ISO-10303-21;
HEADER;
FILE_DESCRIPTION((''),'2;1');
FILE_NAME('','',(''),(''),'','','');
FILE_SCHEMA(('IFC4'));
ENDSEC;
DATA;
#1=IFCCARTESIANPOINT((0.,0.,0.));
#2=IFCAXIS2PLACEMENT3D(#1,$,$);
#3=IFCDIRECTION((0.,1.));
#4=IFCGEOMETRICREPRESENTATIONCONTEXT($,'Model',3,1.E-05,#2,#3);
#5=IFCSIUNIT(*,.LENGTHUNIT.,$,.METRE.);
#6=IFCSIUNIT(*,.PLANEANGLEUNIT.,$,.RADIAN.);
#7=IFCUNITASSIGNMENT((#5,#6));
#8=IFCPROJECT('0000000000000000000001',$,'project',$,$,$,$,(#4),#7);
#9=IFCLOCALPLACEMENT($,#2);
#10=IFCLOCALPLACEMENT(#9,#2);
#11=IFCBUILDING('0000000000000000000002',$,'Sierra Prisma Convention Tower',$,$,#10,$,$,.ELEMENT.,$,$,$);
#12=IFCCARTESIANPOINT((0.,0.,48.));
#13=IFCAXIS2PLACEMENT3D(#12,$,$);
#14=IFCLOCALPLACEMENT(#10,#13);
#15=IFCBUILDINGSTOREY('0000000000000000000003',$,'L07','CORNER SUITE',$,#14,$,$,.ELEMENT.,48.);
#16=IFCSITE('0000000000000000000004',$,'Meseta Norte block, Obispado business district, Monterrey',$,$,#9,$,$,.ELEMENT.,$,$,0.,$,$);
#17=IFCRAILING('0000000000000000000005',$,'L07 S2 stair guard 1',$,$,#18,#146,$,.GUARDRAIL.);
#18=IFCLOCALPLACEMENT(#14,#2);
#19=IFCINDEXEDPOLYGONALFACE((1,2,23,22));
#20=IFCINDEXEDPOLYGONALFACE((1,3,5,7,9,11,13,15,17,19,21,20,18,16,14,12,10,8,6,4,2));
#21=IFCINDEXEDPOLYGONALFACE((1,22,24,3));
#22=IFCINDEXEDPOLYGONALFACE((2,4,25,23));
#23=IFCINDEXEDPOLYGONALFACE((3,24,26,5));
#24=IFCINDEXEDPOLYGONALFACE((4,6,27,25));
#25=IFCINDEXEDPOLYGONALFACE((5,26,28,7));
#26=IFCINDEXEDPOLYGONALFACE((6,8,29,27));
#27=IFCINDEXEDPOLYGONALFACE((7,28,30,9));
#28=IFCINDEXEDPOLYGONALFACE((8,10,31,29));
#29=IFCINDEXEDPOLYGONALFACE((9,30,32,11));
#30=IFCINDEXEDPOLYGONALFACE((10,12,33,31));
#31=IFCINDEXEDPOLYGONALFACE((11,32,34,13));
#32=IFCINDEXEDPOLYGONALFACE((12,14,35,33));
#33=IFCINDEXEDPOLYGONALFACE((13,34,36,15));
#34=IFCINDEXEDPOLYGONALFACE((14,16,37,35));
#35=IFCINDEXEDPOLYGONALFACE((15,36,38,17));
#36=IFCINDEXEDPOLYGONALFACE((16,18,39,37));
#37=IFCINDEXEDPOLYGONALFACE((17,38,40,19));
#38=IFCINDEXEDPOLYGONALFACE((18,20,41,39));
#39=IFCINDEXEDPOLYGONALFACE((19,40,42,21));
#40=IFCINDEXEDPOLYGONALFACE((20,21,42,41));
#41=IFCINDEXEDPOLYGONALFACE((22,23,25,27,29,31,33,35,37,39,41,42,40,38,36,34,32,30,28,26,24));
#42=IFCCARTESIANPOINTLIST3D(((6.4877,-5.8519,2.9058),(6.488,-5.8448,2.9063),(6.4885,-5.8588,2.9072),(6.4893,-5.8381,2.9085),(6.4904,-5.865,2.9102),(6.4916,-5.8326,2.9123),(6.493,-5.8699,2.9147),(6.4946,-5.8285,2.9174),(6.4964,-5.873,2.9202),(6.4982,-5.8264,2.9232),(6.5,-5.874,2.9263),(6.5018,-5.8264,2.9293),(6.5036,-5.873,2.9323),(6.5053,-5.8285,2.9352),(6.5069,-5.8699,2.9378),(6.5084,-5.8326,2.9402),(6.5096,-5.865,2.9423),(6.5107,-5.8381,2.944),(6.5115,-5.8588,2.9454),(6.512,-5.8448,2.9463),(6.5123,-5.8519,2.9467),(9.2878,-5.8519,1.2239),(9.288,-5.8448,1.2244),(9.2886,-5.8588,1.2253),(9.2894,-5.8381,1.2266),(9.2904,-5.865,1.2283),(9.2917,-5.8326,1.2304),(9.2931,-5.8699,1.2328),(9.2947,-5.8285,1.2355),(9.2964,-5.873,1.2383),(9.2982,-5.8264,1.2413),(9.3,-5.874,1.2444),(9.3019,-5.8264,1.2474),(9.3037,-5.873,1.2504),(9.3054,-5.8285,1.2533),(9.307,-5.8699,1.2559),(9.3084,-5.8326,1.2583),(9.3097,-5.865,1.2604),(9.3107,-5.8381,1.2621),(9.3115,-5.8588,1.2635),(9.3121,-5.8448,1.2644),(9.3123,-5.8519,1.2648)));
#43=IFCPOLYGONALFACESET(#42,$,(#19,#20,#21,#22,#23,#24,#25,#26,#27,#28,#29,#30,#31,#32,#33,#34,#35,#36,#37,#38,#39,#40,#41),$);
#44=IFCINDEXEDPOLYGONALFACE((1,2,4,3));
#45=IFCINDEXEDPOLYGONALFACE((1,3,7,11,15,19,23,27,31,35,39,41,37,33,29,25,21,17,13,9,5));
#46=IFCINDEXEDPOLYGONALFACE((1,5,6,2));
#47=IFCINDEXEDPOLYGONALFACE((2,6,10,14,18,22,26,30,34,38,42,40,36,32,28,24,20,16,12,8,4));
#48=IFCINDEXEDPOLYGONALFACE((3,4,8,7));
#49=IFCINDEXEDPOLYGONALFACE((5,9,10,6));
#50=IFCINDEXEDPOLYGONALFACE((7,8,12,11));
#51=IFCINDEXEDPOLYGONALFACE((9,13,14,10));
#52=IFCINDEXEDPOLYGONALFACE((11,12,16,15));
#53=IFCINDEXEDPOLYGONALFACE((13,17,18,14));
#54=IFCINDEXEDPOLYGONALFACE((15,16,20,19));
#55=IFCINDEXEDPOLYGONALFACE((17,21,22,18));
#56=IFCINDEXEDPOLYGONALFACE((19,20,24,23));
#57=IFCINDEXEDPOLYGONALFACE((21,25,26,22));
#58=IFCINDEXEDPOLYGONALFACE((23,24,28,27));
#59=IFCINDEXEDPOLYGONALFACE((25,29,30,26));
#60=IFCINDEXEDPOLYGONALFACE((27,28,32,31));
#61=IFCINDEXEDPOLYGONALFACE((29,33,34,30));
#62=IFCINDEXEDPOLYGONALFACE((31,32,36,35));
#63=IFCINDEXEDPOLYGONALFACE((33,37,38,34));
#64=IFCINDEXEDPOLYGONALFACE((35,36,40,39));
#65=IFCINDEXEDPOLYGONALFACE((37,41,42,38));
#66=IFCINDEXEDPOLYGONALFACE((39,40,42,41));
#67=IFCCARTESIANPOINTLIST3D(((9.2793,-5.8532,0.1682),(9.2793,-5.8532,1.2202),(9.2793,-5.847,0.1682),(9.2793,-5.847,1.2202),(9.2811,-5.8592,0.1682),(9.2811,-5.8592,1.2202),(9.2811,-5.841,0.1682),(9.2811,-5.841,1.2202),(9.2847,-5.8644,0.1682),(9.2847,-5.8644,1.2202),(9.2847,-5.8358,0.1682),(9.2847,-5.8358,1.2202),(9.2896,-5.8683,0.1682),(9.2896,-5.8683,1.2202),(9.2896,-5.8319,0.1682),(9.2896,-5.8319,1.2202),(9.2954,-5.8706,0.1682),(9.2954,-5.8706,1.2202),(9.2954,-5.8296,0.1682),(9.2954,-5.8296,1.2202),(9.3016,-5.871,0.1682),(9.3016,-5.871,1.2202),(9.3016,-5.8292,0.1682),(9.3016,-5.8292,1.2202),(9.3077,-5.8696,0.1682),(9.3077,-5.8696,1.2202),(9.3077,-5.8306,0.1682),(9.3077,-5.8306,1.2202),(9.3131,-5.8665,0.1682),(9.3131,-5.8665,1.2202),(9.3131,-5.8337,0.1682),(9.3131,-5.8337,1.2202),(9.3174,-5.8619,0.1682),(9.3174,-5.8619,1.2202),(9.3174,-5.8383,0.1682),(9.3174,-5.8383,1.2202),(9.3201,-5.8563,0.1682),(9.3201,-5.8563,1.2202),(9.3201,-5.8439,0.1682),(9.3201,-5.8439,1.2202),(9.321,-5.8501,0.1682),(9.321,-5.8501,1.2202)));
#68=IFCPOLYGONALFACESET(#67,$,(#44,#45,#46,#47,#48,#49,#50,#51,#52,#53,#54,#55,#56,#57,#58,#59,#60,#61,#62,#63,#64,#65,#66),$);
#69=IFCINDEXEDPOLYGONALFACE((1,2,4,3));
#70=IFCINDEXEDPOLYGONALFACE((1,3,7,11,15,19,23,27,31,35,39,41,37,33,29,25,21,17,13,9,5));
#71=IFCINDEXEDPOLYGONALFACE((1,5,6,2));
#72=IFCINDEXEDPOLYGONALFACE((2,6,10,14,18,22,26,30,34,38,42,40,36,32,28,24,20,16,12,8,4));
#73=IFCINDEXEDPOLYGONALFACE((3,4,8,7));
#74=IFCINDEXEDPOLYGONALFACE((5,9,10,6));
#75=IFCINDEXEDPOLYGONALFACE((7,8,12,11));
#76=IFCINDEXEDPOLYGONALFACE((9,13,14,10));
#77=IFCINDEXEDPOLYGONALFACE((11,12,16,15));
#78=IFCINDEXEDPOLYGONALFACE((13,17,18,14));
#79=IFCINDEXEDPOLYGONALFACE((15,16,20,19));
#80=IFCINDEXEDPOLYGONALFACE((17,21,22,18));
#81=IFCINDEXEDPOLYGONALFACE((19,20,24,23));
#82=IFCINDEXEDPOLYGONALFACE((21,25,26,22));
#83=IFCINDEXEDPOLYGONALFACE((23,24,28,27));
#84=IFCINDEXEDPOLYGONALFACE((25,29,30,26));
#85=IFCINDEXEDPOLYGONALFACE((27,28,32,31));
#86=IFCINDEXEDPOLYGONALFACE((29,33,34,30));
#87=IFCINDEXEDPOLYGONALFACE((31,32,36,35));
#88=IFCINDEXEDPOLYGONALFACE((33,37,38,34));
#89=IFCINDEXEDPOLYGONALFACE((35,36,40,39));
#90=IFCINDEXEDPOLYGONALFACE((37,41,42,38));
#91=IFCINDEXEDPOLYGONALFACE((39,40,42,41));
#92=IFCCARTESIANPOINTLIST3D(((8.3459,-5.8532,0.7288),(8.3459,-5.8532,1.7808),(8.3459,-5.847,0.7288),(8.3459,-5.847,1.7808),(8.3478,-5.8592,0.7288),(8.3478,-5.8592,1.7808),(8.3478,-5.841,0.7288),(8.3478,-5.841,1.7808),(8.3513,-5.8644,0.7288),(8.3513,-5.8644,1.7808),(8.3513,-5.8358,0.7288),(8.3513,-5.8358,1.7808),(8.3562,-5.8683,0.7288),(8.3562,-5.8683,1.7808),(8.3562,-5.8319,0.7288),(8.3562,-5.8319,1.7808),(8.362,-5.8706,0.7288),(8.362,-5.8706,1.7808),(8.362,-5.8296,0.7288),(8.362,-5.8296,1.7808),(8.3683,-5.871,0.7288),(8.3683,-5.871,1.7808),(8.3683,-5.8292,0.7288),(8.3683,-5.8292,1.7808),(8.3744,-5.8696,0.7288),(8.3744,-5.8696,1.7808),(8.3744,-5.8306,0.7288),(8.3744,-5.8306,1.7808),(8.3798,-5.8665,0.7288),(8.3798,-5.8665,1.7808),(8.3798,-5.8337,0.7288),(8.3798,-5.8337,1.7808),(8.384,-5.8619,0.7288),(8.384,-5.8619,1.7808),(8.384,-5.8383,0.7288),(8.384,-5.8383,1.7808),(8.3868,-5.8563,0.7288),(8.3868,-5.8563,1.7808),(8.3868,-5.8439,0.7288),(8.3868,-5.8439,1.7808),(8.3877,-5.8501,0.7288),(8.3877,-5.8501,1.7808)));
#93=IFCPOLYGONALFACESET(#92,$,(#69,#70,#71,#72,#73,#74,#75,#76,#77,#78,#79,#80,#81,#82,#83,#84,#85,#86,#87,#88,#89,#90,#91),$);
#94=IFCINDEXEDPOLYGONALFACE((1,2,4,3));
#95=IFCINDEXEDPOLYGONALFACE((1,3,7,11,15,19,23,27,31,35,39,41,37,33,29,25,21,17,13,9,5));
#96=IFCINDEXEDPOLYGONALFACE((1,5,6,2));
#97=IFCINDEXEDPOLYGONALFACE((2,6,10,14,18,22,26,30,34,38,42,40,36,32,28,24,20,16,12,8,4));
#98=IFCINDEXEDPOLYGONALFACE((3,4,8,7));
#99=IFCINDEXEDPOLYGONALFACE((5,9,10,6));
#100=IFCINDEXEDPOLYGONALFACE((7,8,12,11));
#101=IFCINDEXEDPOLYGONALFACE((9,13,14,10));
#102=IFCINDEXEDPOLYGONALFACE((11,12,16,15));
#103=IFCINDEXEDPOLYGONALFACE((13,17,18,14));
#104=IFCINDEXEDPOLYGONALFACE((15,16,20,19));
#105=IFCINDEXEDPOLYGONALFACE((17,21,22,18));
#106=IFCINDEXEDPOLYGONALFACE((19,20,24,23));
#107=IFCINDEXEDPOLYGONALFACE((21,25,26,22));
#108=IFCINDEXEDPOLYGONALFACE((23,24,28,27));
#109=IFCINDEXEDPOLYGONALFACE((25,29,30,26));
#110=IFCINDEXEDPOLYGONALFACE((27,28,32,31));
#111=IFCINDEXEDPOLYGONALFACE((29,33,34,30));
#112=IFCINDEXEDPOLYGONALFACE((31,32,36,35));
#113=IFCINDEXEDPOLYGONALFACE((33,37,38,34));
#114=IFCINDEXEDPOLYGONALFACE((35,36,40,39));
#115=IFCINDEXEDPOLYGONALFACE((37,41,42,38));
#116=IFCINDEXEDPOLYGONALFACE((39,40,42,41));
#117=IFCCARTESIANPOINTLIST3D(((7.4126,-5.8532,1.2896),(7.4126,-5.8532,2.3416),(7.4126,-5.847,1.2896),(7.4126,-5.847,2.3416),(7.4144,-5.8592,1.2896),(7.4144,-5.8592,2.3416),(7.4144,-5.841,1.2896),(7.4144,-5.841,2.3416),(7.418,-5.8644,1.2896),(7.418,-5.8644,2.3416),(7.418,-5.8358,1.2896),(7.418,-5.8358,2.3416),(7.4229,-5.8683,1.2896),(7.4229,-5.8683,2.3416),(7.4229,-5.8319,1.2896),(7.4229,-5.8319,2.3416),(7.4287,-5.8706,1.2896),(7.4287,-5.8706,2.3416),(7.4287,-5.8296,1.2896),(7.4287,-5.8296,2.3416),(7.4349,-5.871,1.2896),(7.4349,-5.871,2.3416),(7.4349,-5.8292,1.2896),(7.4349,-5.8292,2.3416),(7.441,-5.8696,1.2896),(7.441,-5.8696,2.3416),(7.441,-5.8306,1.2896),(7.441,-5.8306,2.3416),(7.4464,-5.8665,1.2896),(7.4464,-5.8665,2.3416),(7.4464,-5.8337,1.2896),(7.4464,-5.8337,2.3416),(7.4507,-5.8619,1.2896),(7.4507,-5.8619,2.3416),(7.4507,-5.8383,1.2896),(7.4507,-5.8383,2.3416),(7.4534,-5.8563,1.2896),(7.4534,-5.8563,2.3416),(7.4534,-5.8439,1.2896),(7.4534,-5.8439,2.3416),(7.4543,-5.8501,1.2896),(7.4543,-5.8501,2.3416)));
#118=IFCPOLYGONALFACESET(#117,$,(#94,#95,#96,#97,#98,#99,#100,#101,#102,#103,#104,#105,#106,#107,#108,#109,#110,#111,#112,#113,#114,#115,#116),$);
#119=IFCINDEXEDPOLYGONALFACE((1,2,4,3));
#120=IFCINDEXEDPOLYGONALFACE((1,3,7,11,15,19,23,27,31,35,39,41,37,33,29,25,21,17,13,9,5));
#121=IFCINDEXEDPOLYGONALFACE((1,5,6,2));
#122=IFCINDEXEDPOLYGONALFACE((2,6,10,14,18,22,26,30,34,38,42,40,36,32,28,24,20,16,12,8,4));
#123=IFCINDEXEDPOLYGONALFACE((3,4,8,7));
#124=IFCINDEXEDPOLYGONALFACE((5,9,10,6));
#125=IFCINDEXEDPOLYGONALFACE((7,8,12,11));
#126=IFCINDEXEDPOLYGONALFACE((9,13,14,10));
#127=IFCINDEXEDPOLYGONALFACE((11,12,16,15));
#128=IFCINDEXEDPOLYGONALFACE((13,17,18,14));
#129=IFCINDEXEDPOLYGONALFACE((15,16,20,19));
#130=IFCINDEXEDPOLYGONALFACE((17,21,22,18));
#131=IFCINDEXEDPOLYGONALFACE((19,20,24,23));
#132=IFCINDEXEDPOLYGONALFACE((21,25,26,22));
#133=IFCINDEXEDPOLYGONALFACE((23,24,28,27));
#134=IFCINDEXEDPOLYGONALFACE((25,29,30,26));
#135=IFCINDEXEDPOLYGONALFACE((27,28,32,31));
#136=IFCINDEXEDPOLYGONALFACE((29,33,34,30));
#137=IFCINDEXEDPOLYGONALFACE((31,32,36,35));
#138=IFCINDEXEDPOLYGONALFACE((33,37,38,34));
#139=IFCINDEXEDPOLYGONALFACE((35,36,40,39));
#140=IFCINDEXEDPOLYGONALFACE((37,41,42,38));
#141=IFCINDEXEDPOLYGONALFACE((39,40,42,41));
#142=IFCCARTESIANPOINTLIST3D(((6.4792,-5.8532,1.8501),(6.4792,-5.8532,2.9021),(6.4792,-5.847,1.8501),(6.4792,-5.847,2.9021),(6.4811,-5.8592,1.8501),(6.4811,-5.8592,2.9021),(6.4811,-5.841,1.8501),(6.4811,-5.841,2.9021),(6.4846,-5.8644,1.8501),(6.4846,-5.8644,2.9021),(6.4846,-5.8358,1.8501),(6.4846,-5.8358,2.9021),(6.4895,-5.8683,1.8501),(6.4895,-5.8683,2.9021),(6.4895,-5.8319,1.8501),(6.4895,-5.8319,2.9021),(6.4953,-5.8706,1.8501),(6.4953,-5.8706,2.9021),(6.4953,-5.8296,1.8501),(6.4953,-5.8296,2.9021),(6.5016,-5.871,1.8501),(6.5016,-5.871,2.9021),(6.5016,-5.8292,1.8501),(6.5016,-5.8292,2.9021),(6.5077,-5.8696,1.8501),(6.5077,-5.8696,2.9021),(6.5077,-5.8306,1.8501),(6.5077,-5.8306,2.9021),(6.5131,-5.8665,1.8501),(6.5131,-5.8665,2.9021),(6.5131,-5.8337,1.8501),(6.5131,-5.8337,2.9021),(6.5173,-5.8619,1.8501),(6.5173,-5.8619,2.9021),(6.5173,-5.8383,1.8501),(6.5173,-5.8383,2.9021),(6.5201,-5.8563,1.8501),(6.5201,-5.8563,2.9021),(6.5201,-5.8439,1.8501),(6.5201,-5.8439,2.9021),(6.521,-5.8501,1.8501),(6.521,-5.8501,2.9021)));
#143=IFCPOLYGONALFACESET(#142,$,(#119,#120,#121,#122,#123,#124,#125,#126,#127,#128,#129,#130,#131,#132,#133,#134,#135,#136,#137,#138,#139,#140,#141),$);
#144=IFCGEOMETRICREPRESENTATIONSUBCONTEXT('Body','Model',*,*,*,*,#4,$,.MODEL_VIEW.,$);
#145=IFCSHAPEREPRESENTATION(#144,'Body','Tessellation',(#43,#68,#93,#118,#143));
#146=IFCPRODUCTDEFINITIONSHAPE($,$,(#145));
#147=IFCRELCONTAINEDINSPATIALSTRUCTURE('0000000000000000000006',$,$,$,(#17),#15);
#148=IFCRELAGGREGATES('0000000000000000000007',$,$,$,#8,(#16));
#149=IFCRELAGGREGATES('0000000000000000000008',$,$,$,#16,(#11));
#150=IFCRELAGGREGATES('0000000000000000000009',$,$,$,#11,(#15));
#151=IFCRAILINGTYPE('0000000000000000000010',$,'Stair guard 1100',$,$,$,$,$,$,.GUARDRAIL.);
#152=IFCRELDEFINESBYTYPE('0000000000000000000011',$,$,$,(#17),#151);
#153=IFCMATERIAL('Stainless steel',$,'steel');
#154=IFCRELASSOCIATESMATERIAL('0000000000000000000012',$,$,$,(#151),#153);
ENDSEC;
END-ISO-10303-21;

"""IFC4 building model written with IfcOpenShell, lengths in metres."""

from ifc_helpers import new_model, si_unit, direction, frame, origin, origin_2d, place, context, subcontext, project, spatial, circle, extrude, material, type_object, element, save


model = new_model("IFC4")

# Units and contexts
model_context = context("Model", 3, precision=1e-05, world=origin(), true_north=direction((0.0, 1.0)))
body_context = subcontext(model_context, "Body", "Model", "MODEL_VIEW")
ifc_project = project(units=[si_unit("LENGTHUNIT", "METRE"), si_unit("PLANEANGLEUNIT", "RADIAN")], contexts=[model_context])

# Site, building, storey
site_placement = place(None, origin())
site = spatial("IfcSite", under=ifc_project, at=site_placement, Name="Meseta Norte block, Obispado business district, Monterrey", CompositionType="ELEMENT", RefElevation=0.0)
building_placement = place(site_placement, origin())
building = spatial("IfcBuilding", under=site, at=building_placement, Name="Sierra Prisma Convention Tower", CompositionType="ELEMENT")
storey_placement = place(building_placement, frame((0.0, 0.0, 48.0)))
storey = spatial("IfcBuildingStorey", under=building, at=storey_placement, Name="L07", Description="CORNER SUITE", CompositionType="ELEMENT", Elevation=48.0)

# Railing
ifc_material_1 = material(Name="Stainless steel", Category="steel")
railing_type_1 = type_object("IfcRailingType", Name="Stair guard 1100", PredefinedType="GUARDRAIL", material=ifc_material_1)
railing_1_placement = place(storey_placement, frame((9.3, -5.8501, 0.1682)))
element("IfcRailing", 1, at=railing_1_placement, inside=storey, type_object=railing_type_1, Name="L07 S2 stair guard 1", PredefinedType="GUARDRAIL", context=body_context, shape_type="SweptSolid", body=[
    extrude(circle(Radius=0.0239, at=origin_2d()), frame((0.0, 0.0, 1.0762), z_axis=(-0.857242, 0.0, 0.514913), x_axis=(0.0, -1.0, 0.0)), (0.0, 0.0, 1.0), 3.2664),
    extrude(circle(Radius=0.021, at=origin_2d()), origin(), (0.0, 0.0, 1.0), 1.052),
    extrude(circle(Radius=0.021, at=origin_2d()), frame((-0.9333, 0.0, 0.5605)), (0.0, 0.0, 1.0), 1.052),
    extrude(circle(Radius=0.021, at=origin_2d()), frame((-1.8667, 0.0, 1.1213)), (0.0, 0.0, 1.0), 1.052),
    extrude(circle(Radius=0.021, at=origin_2d()), frame((-2.8, 0.0, 1.6819)), (0.0, 0.0, 1.0), 1.052),
])

save(model, "model.ifc")
